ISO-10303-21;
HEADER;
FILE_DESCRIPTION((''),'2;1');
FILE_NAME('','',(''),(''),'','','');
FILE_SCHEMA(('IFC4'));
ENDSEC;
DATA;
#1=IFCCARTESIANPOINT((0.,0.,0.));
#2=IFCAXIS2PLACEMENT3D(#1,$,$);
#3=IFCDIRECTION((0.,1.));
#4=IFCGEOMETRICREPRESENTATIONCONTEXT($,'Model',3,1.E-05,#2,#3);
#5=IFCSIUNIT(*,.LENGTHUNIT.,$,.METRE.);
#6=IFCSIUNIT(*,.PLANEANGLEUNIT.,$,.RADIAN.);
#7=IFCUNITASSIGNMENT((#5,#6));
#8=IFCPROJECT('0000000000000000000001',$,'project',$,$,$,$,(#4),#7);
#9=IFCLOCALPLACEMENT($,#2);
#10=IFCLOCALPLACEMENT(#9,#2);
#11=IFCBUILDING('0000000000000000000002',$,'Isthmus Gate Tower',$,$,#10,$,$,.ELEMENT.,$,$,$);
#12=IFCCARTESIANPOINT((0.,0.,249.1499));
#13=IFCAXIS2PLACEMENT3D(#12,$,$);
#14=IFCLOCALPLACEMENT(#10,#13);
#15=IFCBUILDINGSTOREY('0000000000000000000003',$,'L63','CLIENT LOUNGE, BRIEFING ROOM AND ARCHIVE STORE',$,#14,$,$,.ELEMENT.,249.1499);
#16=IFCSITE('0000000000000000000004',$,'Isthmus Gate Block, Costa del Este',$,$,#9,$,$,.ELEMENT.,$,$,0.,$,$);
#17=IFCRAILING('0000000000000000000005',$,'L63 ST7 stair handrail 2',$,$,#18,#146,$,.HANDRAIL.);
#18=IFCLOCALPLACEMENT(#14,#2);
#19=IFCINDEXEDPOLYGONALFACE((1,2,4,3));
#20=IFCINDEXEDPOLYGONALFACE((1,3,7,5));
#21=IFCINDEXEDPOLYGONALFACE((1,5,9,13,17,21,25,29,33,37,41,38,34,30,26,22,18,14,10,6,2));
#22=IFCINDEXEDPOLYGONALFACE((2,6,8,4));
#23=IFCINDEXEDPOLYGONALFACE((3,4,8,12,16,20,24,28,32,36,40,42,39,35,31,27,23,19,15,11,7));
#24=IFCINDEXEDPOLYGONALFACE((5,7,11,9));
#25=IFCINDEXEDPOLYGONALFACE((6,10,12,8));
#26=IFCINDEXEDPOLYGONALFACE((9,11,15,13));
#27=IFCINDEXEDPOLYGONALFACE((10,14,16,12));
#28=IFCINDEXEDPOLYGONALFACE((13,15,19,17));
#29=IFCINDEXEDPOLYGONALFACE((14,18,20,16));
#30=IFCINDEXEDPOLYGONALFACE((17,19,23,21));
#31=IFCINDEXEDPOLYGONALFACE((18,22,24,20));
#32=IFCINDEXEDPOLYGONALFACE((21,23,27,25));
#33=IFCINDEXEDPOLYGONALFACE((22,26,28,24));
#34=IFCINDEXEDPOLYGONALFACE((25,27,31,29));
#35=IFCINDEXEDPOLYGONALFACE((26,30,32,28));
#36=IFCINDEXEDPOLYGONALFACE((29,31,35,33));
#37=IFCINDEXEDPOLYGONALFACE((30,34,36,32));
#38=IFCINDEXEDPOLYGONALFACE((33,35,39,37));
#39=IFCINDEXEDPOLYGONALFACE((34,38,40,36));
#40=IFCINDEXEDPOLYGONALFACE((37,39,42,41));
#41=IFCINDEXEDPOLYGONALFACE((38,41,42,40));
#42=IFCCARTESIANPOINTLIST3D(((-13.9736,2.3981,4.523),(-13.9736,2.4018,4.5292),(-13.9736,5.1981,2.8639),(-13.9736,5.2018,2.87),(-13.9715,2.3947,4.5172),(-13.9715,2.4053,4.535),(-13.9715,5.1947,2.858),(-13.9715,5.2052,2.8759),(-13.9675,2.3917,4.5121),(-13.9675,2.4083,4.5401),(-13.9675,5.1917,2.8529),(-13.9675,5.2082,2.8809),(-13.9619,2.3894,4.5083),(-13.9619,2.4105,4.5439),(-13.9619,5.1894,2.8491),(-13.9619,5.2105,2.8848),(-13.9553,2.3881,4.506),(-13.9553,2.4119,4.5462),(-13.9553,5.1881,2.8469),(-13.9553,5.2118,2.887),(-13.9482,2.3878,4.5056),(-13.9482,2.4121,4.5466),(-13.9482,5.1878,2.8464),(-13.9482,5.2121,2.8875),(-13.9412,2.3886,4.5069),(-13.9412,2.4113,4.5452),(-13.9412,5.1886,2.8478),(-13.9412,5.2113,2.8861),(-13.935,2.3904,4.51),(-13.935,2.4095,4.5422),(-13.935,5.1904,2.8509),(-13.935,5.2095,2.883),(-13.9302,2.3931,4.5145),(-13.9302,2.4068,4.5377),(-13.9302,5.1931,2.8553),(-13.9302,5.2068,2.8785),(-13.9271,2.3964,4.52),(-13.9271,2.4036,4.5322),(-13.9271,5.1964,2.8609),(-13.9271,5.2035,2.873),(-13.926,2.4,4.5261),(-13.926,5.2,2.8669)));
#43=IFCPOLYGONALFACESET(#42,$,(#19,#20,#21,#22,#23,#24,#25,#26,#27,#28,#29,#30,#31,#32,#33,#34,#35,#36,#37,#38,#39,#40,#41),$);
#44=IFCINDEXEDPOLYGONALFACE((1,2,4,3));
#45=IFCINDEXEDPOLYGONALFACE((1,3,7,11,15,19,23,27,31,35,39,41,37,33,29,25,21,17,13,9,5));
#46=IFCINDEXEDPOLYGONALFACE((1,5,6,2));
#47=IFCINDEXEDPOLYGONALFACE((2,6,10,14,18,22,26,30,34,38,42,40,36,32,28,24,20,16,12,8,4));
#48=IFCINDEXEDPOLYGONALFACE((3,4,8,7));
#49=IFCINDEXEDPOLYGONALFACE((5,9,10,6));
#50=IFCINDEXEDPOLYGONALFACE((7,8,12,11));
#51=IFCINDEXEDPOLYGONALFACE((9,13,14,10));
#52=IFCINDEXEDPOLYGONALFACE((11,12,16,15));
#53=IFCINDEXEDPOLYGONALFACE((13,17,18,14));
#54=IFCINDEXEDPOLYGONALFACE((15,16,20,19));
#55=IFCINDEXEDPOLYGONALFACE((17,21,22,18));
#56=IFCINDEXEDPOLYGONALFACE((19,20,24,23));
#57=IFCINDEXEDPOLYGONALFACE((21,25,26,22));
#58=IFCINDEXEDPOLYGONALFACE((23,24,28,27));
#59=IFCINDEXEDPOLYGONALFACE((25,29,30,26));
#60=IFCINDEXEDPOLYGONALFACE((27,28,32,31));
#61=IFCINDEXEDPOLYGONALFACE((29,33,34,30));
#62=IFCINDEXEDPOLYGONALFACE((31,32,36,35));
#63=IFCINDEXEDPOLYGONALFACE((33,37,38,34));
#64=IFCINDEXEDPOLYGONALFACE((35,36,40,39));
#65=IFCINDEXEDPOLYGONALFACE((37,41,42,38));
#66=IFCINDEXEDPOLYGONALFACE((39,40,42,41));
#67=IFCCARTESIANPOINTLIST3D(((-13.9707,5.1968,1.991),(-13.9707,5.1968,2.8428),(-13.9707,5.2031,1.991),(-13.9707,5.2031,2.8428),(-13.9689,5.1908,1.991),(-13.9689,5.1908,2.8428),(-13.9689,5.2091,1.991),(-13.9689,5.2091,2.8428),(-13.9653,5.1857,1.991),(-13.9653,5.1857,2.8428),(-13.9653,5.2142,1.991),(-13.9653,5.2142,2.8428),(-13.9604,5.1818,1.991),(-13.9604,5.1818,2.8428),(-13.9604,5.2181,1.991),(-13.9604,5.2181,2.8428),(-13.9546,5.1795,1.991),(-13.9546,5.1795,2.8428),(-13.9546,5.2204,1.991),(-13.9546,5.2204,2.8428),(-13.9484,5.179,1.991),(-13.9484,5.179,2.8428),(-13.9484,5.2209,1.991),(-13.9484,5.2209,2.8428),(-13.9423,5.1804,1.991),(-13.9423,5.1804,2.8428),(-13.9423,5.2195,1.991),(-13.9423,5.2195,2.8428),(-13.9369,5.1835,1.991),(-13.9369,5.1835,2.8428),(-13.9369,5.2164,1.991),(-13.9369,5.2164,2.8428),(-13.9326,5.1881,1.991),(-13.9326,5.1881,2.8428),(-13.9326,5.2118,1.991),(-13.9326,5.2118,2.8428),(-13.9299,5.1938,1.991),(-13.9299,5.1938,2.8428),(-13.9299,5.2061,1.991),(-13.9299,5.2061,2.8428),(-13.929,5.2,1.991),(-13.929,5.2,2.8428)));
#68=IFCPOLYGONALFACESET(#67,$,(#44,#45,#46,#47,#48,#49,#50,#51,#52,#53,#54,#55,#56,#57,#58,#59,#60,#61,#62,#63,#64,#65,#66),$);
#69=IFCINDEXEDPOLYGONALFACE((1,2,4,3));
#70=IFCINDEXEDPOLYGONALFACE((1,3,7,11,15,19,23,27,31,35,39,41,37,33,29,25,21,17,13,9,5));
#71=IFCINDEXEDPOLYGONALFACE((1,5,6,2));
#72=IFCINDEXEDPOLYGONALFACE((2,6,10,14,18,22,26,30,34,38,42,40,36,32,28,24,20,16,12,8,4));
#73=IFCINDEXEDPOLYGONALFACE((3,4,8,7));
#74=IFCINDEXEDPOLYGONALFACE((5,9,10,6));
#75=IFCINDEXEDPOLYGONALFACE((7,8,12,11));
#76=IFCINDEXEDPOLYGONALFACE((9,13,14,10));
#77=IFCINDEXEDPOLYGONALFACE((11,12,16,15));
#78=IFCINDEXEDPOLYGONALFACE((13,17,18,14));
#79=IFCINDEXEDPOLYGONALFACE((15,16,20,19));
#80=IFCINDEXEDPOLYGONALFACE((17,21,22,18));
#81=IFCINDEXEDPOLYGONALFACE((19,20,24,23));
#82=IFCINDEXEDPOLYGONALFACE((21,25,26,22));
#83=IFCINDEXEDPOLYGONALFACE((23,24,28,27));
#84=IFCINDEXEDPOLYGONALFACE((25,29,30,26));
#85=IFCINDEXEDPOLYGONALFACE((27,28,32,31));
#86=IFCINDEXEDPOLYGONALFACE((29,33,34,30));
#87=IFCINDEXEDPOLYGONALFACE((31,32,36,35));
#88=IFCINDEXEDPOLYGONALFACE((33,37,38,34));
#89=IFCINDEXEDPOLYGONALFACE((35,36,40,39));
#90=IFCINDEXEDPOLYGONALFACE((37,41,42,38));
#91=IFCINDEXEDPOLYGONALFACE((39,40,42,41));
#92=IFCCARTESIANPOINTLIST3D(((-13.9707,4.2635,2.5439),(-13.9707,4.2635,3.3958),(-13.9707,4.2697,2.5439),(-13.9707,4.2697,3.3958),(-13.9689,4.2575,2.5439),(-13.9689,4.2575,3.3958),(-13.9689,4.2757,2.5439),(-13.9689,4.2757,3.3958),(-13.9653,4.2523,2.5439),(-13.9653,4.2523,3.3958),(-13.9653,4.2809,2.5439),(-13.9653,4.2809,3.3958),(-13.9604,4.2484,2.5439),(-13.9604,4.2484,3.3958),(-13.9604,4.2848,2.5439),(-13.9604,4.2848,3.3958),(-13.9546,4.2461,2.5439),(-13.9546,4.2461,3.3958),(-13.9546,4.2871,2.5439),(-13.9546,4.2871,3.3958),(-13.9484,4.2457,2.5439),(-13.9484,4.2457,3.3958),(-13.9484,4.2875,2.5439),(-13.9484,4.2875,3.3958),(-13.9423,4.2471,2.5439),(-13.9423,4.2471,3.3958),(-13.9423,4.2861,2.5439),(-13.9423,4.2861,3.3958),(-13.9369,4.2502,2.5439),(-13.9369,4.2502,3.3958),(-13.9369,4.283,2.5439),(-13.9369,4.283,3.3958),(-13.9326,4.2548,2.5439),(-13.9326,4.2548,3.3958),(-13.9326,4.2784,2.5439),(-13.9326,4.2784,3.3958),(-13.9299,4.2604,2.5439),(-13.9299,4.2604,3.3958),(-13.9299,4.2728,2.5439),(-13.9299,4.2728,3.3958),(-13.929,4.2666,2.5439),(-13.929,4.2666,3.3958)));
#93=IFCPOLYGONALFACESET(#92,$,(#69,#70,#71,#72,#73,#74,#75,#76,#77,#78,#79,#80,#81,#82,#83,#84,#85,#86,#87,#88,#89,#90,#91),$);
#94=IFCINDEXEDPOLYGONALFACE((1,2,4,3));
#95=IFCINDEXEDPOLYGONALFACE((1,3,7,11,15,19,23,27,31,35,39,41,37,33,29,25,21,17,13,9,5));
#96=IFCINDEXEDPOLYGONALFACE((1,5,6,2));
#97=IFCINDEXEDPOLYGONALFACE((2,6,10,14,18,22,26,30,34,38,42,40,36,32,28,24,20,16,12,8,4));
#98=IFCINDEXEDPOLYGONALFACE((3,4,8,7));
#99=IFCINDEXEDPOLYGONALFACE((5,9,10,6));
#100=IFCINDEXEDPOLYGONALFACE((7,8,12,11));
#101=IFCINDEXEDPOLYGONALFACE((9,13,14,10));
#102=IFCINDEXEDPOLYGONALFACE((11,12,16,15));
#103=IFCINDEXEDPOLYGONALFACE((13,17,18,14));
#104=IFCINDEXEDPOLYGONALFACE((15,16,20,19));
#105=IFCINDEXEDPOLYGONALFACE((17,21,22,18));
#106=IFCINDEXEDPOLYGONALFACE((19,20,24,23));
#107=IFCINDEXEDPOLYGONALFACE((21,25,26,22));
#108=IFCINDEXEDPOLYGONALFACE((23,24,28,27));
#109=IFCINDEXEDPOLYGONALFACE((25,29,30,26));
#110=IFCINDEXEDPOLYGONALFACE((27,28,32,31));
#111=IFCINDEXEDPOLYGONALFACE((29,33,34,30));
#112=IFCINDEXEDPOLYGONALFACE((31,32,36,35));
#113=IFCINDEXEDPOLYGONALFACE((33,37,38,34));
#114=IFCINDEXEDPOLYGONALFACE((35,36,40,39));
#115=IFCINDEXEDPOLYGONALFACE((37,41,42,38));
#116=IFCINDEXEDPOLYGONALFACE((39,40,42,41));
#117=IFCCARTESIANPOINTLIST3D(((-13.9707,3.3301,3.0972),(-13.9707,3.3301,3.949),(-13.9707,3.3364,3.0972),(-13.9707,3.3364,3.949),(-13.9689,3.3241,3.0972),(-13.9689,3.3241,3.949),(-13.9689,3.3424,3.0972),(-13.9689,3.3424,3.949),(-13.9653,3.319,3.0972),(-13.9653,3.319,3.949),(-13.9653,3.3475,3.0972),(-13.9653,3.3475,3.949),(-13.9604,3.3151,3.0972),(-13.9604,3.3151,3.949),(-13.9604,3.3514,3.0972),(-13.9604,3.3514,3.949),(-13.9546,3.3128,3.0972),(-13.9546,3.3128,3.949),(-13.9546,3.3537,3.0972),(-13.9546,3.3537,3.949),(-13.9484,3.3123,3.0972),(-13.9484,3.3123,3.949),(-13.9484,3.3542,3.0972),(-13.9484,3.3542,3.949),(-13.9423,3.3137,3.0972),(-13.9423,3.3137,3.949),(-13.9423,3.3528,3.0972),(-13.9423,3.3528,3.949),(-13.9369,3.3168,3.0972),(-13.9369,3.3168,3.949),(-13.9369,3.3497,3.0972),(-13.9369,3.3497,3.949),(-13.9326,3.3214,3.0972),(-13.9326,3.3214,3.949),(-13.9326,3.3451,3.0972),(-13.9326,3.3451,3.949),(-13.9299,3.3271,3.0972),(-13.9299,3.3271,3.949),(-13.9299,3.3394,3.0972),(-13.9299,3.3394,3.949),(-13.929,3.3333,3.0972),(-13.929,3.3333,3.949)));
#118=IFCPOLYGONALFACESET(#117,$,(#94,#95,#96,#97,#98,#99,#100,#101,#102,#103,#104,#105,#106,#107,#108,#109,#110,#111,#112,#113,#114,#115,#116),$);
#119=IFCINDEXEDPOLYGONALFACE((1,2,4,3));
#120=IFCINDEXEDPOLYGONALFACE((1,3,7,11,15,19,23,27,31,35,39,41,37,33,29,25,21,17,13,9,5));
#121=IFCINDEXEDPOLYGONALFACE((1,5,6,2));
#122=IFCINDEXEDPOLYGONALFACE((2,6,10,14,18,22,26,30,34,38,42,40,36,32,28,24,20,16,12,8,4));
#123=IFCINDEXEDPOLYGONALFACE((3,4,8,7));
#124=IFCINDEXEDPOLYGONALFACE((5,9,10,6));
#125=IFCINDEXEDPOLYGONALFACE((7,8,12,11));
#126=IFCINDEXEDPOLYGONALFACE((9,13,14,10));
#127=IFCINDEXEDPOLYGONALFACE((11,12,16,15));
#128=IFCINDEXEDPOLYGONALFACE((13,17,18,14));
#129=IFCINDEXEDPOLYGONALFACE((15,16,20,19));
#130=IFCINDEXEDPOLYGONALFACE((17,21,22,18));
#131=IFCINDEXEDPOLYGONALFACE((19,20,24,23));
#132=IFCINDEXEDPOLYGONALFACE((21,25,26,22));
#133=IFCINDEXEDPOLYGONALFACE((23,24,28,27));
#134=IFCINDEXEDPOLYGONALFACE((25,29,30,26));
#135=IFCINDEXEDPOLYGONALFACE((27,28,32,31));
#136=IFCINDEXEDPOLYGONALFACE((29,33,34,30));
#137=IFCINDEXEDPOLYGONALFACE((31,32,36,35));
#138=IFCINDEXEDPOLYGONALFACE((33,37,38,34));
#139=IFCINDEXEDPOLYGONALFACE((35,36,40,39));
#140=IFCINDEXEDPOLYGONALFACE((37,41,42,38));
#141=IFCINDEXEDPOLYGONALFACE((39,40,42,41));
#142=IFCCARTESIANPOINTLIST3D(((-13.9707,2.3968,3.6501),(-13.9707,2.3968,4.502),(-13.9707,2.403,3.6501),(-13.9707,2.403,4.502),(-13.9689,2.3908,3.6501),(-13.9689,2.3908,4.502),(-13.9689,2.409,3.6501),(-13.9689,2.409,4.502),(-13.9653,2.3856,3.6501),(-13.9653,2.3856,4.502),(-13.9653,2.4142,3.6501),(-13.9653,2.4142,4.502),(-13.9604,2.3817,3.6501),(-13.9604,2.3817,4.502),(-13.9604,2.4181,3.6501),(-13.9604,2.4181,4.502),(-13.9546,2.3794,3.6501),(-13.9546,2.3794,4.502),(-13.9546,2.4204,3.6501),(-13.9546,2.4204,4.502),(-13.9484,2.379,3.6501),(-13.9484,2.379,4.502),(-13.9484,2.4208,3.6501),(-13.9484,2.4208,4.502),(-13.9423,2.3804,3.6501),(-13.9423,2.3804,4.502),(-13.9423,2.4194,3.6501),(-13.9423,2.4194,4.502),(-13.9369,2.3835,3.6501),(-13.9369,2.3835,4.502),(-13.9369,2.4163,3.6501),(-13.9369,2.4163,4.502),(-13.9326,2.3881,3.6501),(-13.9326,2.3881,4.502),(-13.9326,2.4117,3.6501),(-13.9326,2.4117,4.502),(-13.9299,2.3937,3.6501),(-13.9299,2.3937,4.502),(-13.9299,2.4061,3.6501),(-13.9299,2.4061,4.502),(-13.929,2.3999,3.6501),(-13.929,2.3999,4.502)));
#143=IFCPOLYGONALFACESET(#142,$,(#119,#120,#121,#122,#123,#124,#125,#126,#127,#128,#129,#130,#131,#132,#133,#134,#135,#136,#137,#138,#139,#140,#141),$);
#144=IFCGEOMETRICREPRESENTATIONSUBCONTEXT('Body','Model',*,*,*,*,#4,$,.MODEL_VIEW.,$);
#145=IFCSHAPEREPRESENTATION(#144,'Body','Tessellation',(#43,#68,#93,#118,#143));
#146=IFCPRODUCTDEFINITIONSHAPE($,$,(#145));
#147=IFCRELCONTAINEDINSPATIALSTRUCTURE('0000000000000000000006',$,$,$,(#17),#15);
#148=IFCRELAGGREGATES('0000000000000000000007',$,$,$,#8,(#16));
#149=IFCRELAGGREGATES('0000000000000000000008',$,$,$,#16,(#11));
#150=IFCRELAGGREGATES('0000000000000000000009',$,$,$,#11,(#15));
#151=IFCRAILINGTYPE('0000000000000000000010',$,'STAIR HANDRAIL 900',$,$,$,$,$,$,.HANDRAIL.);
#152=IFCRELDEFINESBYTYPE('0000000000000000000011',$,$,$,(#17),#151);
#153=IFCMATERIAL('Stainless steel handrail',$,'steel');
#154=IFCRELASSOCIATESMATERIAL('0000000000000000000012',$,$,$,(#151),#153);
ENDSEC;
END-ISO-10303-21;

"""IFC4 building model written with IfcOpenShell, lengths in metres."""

from ifc_helpers import new_model, si_unit, direction, frame, origin, origin_2d, place, context, subcontext, project, spatial, circle, extrude, material, type_object, element, save


model = new_model("IFC4")

# Units and contexts
model_context = context("Model", 3, precision=1e-05, world=origin(), true_north=direction((0.0, 1.0)))
body_context = subcontext(model_context, "Body", "Model", "MODEL_VIEW")
ifc_project = project(units=[si_unit("LENGTHUNIT", "METRE"), si_unit("PLANEANGLEUNIT", "RADIAN")], contexts=[model_context])

# Site, building, storey
site_placement = place(None, origin())
site = spatial("IfcSite", under=ifc_project, at=site_placement, Name="Isthmus Gate Block, Costa del Este", CompositionType="ELEMENT", RefElevation=0.0)
building_placement = place(site_placement, origin())
building = spatial("IfcBuilding", under=site, at=building_placement, Name="Isthmus Gate Tower", CompositionType="ELEMENT")
storey_placement = place(building_placement, frame((0.0, 0.0, 249.1499)))
storey = spatial("IfcBuildingStorey", under=building, at=storey_placement, Name="L63", Description="CLIENT LOUNGE, BRIEFING ROOM AND ARCHIVE STORE", CompositionType="ELEMENT", Elevation=249.1499)

# Railing
ifc_material_1 = material(Name="Stainless steel handrail", Category="steel")
railing_type_1 = type_object("IfcRailingType", Name="STAIR HANDRAIL 900", PredefinedType="HANDRAIL", material=ifc_material_1)
railing_1_placement = place(storey_placement, frame((-13.95, 5.2, 1.991)))
element("IfcRailing", 1, at=railing_1_placement, inside=storey, type_object=railing_type_1, Name="L63 ST7 stair handrail 2", PredefinedType="HANDRAIL", context=body_context, shape_type="SweptSolid", body=[
    extrude(circle(Radius=0.0239, at=origin_2d()), frame((0.0, 0.0, 0.876), z_axis=(0.0, -0.860306, 0.509778), x_axis=(1.0, 0.0, 0.0)), (0.0, 0.0, 1.0), 3.2546),
    extrude(circle(Radius=0.021, at=origin_2d()), origin(), (0.0, 0.0, 1.0), 0.8518),
    extrude(circle(Radius=0.021, at=origin_2d()), frame((0.0, -0.9333, 0.553)), (0.0, 0.0, 1.0), 0.8518),
    extrude(circle(Radius=0.021, at=origin_2d()), frame((0.0, -1.8667, 1.1062)), (0.0, 0.0, 1.0), 0.8518),
    extrude(circle(Radius=0.021, at=origin_2d()), frame((0.0, -2.8, 1.6592)), (0.0, 0.0, 1.0), 0.8518),
])

save(model, "model.ifc")
